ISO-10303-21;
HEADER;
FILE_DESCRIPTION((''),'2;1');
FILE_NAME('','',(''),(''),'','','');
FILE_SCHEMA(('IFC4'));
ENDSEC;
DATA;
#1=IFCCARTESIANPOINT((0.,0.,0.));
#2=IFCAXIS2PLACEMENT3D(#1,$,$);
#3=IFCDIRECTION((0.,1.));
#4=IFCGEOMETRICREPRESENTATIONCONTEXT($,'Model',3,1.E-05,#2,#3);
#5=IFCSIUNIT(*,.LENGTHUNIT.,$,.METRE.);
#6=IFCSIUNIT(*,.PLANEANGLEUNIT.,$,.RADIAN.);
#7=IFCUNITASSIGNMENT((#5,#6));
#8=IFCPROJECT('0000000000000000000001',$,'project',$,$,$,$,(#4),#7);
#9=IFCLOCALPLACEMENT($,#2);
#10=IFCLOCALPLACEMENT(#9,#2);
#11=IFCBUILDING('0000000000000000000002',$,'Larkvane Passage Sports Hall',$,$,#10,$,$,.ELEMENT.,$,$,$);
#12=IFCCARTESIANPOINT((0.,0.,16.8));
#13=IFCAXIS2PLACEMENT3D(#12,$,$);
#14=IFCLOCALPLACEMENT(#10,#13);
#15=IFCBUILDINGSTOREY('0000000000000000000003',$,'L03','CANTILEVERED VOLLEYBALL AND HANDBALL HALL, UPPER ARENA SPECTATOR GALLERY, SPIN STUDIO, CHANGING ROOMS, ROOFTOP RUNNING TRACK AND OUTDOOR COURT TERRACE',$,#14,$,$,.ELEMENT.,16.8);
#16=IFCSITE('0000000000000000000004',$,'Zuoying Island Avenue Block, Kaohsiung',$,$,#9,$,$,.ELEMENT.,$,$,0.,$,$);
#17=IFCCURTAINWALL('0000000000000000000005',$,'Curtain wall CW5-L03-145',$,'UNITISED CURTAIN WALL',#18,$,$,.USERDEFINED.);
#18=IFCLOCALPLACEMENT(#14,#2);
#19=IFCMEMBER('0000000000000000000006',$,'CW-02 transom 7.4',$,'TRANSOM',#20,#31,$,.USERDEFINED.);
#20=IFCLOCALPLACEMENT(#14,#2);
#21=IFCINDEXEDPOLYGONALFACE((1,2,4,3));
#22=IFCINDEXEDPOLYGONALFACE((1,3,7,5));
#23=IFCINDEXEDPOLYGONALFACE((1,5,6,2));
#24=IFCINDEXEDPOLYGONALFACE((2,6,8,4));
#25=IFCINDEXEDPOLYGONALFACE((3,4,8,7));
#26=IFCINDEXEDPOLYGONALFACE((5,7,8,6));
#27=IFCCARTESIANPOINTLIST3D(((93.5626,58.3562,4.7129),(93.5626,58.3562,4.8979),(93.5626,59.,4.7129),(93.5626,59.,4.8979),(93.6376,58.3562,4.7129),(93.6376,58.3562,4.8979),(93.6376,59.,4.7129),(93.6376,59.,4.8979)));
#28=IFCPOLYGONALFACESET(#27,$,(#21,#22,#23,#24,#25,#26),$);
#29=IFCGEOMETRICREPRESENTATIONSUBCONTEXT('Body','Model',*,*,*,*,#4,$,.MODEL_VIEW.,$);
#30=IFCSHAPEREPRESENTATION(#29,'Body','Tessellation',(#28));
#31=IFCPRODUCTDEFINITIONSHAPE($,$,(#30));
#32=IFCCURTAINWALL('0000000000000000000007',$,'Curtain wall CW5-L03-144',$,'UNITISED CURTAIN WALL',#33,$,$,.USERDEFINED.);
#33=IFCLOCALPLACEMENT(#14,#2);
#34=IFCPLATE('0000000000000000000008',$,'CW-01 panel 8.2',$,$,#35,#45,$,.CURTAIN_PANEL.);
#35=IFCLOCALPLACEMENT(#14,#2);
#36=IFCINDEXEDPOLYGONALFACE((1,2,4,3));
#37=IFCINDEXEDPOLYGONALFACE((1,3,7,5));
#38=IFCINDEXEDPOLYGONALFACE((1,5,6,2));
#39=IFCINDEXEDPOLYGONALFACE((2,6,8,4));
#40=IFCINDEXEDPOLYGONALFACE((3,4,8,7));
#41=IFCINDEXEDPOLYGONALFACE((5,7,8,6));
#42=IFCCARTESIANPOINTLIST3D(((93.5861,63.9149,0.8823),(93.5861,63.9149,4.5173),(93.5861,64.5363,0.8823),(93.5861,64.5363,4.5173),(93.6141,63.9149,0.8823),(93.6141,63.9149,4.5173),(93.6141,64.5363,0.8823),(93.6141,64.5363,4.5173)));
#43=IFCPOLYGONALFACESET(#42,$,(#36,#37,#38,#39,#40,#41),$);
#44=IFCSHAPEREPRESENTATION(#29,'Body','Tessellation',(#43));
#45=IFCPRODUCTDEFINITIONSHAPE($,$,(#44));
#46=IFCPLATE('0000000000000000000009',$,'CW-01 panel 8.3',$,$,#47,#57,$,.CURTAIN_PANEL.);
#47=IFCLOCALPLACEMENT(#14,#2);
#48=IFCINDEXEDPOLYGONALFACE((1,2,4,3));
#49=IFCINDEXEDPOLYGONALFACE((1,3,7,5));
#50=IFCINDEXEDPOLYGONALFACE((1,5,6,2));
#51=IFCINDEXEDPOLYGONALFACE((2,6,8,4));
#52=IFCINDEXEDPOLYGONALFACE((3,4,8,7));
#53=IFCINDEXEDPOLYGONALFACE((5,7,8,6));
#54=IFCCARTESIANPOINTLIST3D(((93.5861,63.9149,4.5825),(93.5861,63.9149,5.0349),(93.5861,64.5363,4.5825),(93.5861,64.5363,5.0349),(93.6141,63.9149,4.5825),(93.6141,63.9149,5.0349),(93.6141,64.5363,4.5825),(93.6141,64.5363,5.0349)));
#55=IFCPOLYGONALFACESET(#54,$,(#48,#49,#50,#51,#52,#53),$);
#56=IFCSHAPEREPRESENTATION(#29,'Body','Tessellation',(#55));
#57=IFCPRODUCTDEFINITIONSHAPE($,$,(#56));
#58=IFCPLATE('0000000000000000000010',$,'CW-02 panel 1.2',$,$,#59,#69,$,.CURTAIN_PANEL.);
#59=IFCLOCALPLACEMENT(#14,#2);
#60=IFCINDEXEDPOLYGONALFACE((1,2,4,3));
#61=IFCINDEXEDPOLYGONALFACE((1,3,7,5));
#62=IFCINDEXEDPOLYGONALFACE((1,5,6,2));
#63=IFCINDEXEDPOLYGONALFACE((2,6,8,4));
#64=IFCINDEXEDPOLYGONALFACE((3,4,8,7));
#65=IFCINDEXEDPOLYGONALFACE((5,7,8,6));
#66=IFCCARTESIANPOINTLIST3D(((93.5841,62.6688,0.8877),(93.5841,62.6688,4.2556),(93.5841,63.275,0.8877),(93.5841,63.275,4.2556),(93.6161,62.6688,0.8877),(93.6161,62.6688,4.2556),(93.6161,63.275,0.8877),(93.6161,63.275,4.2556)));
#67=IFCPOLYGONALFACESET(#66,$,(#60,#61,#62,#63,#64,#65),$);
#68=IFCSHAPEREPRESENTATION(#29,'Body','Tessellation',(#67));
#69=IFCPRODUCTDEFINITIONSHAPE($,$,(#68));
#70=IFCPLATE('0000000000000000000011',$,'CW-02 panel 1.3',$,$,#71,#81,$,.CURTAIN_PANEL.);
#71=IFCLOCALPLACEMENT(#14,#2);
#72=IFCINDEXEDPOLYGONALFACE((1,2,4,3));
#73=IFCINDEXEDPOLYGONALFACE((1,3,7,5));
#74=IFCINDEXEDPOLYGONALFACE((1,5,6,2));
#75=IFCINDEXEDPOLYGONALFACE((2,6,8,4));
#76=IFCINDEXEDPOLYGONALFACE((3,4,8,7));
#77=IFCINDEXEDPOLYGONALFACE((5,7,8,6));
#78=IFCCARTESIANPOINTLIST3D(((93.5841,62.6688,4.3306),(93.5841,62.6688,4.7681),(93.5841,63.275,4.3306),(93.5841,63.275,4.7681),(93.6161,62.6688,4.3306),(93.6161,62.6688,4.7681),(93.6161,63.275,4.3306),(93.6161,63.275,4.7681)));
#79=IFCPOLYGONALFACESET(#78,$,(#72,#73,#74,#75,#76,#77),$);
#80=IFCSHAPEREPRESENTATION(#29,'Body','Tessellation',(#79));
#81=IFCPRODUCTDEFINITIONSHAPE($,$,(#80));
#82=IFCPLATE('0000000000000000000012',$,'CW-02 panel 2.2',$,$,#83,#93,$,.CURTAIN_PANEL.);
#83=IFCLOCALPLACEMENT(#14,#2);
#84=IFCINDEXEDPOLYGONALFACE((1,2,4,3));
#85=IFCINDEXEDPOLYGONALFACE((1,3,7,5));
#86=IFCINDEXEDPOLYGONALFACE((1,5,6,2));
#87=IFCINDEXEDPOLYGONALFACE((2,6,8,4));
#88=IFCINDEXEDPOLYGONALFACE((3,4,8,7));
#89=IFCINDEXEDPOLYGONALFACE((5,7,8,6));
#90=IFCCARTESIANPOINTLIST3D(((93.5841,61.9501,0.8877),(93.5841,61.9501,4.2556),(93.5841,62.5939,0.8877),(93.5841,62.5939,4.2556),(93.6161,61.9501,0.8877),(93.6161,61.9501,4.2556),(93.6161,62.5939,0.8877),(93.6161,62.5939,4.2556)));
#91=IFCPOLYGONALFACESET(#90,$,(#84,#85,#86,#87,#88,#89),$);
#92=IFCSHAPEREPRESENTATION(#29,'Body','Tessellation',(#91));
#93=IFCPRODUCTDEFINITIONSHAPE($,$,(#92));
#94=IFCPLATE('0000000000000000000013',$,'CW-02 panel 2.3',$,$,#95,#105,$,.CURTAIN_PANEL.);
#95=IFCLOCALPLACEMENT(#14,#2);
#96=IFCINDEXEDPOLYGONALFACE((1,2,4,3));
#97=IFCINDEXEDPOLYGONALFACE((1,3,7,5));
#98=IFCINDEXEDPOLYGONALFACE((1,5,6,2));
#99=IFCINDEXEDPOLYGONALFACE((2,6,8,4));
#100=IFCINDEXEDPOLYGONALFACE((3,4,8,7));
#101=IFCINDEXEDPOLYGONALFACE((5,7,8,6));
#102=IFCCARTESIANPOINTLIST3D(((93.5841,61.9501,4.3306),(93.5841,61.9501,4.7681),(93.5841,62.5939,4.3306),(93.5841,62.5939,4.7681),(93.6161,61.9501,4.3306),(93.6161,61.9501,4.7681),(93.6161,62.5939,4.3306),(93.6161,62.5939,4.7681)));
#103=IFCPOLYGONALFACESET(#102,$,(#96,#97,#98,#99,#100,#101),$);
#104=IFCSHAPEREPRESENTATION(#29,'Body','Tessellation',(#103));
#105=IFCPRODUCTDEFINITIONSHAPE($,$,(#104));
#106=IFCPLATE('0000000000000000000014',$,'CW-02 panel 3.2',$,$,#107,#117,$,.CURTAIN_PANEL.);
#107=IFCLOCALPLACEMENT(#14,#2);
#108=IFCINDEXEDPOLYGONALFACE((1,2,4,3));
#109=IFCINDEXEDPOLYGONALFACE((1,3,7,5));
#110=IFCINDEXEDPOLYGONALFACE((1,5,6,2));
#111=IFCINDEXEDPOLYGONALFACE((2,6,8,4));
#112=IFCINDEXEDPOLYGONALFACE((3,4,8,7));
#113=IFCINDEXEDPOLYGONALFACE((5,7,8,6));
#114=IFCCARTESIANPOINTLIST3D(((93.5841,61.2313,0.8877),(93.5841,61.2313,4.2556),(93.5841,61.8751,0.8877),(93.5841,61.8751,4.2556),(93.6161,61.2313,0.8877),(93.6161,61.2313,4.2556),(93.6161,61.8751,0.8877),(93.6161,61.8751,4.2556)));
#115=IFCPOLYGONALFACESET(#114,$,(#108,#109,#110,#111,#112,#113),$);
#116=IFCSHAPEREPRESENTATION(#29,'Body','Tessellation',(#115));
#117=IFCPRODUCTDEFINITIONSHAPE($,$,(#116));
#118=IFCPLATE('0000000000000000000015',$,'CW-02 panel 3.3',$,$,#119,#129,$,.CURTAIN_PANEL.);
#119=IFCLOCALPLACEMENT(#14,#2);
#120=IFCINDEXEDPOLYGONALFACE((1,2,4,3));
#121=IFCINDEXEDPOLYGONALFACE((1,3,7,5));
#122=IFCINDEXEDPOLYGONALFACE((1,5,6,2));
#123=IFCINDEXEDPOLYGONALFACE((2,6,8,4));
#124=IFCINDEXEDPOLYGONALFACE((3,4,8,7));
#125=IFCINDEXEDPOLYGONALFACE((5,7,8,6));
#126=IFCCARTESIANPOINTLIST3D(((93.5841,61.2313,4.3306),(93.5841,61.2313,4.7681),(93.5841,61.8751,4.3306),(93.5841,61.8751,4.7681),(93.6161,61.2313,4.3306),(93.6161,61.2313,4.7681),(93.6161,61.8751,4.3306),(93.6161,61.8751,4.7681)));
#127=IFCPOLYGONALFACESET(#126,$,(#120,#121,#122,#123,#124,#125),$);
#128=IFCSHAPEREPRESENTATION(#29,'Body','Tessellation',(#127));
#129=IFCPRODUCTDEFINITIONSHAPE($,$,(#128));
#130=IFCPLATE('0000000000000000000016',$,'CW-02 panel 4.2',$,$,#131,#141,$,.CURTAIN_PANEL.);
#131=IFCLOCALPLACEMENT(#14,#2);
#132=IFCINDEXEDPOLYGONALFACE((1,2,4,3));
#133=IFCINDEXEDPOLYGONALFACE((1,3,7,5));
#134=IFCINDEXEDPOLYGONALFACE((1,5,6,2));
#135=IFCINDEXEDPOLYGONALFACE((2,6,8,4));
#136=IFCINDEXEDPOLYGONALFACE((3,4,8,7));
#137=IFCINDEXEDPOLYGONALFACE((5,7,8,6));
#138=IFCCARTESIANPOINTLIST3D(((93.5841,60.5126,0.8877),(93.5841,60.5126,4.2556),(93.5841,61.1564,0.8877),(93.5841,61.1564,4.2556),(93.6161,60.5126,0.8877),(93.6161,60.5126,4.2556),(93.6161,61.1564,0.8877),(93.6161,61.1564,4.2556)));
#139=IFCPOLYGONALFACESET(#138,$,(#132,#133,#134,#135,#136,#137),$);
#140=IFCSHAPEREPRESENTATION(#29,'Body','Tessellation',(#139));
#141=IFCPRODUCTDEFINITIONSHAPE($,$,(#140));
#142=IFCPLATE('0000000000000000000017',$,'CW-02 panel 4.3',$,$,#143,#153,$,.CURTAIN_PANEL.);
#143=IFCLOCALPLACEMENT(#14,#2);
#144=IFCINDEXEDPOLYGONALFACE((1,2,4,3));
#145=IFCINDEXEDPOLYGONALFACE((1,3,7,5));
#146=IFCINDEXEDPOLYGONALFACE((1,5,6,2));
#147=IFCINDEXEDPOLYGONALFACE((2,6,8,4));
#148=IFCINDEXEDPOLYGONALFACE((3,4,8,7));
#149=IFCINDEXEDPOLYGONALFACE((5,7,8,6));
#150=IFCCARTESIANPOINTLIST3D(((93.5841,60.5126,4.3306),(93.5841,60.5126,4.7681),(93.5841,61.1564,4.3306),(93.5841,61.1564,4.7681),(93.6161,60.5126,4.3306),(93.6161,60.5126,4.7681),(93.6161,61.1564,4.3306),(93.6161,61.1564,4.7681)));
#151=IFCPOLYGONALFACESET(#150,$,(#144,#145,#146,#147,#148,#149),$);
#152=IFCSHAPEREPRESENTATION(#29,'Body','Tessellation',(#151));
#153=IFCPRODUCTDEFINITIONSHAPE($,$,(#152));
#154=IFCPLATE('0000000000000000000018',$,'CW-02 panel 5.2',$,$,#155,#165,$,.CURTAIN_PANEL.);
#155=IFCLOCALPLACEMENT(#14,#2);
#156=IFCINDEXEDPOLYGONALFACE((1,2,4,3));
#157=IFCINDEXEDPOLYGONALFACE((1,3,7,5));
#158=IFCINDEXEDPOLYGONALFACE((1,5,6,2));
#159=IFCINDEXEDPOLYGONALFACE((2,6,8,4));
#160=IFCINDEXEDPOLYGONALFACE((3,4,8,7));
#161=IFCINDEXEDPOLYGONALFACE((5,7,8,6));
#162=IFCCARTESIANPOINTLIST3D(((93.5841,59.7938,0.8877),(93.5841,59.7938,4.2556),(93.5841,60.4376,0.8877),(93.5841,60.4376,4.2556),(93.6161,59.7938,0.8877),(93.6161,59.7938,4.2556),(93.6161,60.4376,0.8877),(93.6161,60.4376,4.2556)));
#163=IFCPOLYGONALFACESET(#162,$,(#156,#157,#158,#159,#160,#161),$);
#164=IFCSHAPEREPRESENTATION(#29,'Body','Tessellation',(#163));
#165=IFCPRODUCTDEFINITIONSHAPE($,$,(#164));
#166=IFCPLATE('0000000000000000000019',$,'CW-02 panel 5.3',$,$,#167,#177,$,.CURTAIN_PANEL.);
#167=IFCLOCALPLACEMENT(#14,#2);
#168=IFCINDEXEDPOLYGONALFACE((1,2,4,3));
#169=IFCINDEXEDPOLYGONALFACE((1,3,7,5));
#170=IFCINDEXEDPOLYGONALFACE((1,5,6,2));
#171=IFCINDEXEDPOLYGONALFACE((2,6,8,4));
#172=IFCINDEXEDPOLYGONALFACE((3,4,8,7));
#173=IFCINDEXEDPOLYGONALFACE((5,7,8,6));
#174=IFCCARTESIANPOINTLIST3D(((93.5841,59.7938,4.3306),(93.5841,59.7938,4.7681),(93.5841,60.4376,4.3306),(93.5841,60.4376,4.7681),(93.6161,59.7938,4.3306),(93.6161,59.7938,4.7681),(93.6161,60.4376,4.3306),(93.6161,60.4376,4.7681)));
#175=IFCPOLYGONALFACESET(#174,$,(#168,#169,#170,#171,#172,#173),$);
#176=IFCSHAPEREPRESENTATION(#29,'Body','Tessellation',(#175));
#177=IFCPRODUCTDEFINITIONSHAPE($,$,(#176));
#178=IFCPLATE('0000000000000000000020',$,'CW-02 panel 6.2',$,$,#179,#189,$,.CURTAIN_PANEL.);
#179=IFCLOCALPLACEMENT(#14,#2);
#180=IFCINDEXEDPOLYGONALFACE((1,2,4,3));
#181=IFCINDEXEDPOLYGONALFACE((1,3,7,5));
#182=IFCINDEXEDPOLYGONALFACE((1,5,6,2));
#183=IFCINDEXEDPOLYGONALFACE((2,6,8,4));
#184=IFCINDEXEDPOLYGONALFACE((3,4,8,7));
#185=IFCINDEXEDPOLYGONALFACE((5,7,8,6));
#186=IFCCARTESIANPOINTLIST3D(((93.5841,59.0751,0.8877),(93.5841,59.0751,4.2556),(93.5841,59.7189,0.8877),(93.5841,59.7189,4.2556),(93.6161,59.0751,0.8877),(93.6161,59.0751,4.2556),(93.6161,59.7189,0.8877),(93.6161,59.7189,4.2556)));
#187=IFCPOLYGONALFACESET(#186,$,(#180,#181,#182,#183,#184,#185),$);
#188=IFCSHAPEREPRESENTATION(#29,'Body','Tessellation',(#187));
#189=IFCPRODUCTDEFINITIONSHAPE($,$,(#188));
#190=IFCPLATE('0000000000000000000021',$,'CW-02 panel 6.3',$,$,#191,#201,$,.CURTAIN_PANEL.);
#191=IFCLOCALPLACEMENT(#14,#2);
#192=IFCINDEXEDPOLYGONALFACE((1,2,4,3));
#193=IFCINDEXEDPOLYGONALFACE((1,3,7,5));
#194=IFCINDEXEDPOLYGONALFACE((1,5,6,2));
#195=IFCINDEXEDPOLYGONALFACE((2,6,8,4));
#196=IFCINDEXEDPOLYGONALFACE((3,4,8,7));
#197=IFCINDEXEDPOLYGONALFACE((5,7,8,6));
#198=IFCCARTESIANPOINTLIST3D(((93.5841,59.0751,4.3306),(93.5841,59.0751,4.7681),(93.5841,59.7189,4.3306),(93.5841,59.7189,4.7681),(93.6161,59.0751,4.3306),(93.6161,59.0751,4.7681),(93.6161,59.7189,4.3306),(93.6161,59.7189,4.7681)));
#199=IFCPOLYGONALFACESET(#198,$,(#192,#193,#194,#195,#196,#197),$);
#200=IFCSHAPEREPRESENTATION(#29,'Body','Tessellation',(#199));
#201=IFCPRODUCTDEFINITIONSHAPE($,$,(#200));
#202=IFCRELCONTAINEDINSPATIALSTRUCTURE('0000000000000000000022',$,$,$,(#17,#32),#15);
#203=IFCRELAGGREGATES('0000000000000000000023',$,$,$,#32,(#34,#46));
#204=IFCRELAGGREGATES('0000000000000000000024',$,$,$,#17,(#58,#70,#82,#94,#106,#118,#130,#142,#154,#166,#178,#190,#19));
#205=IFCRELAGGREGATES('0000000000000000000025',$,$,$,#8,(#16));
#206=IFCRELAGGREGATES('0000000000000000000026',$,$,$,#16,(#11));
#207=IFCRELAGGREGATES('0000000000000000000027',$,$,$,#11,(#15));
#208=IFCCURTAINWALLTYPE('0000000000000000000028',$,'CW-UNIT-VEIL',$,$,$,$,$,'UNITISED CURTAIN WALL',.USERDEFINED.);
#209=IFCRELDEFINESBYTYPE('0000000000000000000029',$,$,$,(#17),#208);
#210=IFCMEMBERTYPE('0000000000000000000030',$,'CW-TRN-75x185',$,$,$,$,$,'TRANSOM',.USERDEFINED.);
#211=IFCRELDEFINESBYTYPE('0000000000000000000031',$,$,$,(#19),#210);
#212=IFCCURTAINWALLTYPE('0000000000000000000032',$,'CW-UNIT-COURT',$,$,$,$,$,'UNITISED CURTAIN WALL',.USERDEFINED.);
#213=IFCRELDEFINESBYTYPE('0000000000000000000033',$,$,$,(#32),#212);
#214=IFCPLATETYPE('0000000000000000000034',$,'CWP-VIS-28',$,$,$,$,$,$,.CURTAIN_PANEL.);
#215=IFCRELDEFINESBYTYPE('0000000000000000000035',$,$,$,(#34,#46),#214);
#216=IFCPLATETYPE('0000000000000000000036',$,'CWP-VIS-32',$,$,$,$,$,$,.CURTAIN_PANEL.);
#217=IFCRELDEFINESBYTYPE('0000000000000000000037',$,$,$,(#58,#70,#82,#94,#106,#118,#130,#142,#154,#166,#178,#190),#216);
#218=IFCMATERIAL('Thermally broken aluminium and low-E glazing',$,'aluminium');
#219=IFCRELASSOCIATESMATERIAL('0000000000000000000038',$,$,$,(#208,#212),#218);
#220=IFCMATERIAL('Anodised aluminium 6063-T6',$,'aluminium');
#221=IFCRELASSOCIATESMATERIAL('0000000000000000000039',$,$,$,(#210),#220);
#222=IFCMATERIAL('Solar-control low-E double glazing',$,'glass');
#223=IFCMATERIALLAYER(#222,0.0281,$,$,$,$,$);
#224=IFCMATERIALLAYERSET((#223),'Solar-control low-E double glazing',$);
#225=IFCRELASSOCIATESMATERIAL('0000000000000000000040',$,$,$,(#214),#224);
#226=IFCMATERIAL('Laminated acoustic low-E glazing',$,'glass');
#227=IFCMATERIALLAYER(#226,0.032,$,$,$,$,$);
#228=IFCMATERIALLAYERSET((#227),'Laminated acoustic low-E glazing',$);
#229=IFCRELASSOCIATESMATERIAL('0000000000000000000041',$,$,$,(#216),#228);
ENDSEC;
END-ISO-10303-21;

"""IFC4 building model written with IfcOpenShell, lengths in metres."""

from ifc_helpers import new_model, si_unit, direction, frame, origin, origin_2d, place, context, subcontext, project, spatial, rectangle, extrude, material, layer, layer_set, material_profile, profile_set, type_object, element, aggregate, save


model = new_model("IFC4")

# Units and contexts
model_context = context("Model", 3, precision=1e-05, world=origin(), true_north=direction((0.0, 1.0)))
body_context = subcontext(model_context, "Body", "Model", "MODEL_VIEW")
ifc_project = project(units=[si_unit("LENGTHUNIT", "METRE"), si_unit("PLANEANGLEUNIT", "RADIAN")], contexts=[model_context])

# Site, building, storey
site_placement = place(None, origin())
site = spatial("IfcSite", under=ifc_project, at=site_placement, Name="Zuoying Island Avenue Block, Kaohsiung", CompositionType="ELEMENT", RefElevation=0.0)
building_placement = place(site_placement, origin())
building = spatial("IfcBuilding", under=site, at=building_placement, Name="Larkvane Passage Sports Hall", CompositionType="ELEMENT")
storey_placement = place(building_placement, frame((0.0, 0.0, 16.8)))
storey = spatial("IfcBuildingStorey", under=building, at=storey_placement, Name="L03", Description="CANTILEVERED VOLLEYBALL AND HANDBALL HALL, UPPER ARENA SPECTATOR GALLERY, SPIN STUDIO, CHANGING ROOMS, ROOFTOP RUNNING TRACK AND OUTDOOR COURT TERRACE", CompositionType="ELEMENT", Elevation=16.8)

# Curtain wall, member
ifc_material_1 = material(Name="Thermally broken aluminium and low-E glazing", Category="aluminium")
curtain_wall_type_1 = type_object("IfcCurtainWallType", Name="CW-UNIT-VEIL", ElementType="UNITISED CURTAIN WALL", PredefinedType="USERDEFINED", material=ifc_material_1)
curtain_wall_1_placement = place(storey_placement, origin())
curtain_wall_1 = element("IfcCurtainWall", 1, at=curtain_wall_1_placement, inside=storey, type_object=curtain_wall_type_1, Name="Curtain wall CW5-L03-145", ObjectType="UNITISED CURTAIN WALL", PredefinedType="USERDEFINED")
ifc_material_2 = material(Name="Anodised aluminium 6063-T6", Category="aluminium")
ifc_material_profile = material_profile(ifc_material_2, rectangle(XDim=0.075, YDim=0.1851, at=origin_2d()), Name="ALU-TRN-75x185")
ifc_profile_set = profile_set([ifc_material_profile], Name="Anodised aluminium 6063-T6")
member_type = type_object("IfcMemberType", Name="CW-TRN-75x185", ElementType="TRANSOM", PredefinedType="USERDEFINED", material=ifc_profile_set)
member_1_placement = place(storey_placement, frame((93.6001, 59.0, 4.8054), z_axis=(0.0, -1.0, 0.0), x_axis=(1.0, 0.0, 0.0)))
member_1 = element("IfcMember", 2, at=member_1_placement, type_object=member_type, Name="CW-02 transom 7.4", ObjectType="TRANSOM", PredefinedType="USERDEFINED", context=body_context, shape_type="SweptSolid", body=[
    extrude(rectangle(XDim=0.075, YDim=0.1851, at=origin_2d()), origin(), (0.0, 0.0, 1.0), 0.6438),
])

# Curtain wall, plates
curtain_wall_type_2 = type_object("IfcCurtainWallType", Name="CW-UNIT-COURT", ElementType="UNITISED CURTAIN WALL", PredefinedType="USERDEFINED", material=ifc_material_1)
curtain_wall_2_placement = place(storey_placement, origin())
curtain_wall_2 = element("IfcCurtainWall", 3, at=curtain_wall_2_placement, inside=storey, type_object=curtain_wall_type_2, Name="Curtain wall CW5-L03-144", ObjectType="UNITISED CURTAIN WALL", PredefinedType="USERDEFINED")
ifc_material_3 = material(Name="Solar-control low-E double glazing", Category="glass")
ifc_layer_1 = layer(ifc_material_3, 0.0281)
ifc_layer_set_1 = layer_set([ifc_layer_1], Name="Solar-control low-E double glazing")
plate_type_1 = type_object("IfcPlateType", Name="CWP-VIS-28", PredefinedType="CURTAIN_PANEL", material=ifc_layer_set_1)
plate_1_placement = place(storey_placement, frame((93.6001, 64.2256, 0.8823), z_axis=(0.0, 0.0, 1.0), x_axis=(0.0, -1.0, 0.0)))
plate_1 = element("IfcPlate", 4, at=plate_1_placement, type_object=plate_type_1, Name="CW-01 panel 8.2", PredefinedType="CURTAIN_PANEL", context=body_context, shape_type="SweptSolid", body=[
    extrude(rectangle(XDim=0.6213, YDim=0.0281, at=origin_2d()), origin(), (0.0, 0.0, 1.0), 3.635),
])
plate_2_placement = place(storey_placement, frame((93.6001, 64.2256, 4.5825), z_axis=(0.0, 0.0, 1.0), x_axis=(0.0, -1.0, 0.0)))
plate_2 = element("IfcPlate", 5, at=plate_2_placement, type_object=plate_type_1, Name="CW-01 panel 8.3", PredefinedType="CURTAIN_PANEL", context=body_context, shape_type="SweptSolid", body=[
    extrude(rectangle(XDim=0.6213, YDim=0.0281, at=origin_2d()), origin(), (0.0, 0.0, 1.0), 0.4524),
])
aggregate(curtain_wall_2, [plate_1, plate_2])

# Plates
ifc_material_4 = material(Name="Laminated acoustic low-E glazing", Category="glass")
ifc_layer_2 = layer(ifc_material_4, 0.032)
ifc_layer_set_2 = layer_set([ifc_layer_2], Name="Laminated acoustic low-E glazing")
plate_type_2 = type_object("IfcPlateType", Name="CWP-VIS-32", PredefinedType="CURTAIN_PANEL", material=ifc_layer_set_2)
plate_3_placement = place(storey_placement, frame((93.6001, 62.9719, 0.8877), z_axis=(0.0, 0.0, 1.0), x_axis=(0.0, -1.0, 0.0)))
plate_3 = element("IfcPlate", 6, at=plate_3_placement, type_object=plate_type_2, Name="CW-02 panel 1.2", PredefinedType="CURTAIN_PANEL", context=body_context, shape_type="SweptSolid", body=[
    extrude(rectangle(XDim=0.6062, YDim=0.032, at=origin_2d()), origin(), (0.0, 0.0, 1.0), 3.3679),
])
plate_4_placement = place(storey_placement, frame((93.6001, 62.9719, 4.3306), z_axis=(0.0, 0.0, 1.0), x_axis=(0.0, -1.0, 0.0)))
plate_4 = element("IfcPlate", 7, at=plate_4_placement, type_object=plate_type_2, Name="CW-02 panel 1.3", PredefinedType="CURTAIN_PANEL", context=body_context, shape_type="SweptSolid", body=[
    extrude(rectangle(XDim=0.6062, YDim=0.032, at=origin_2d()), origin(), (0.0, 0.0, 1.0), 0.4375),
])
plate_5_placement = place(storey_placement, frame((93.6001, 62.272, 0.8877), z_axis=(0.0, 0.0, 1.0), x_axis=(0.0, -1.0, 0.0)))
plate_5 = element("IfcPlate", 8, at=plate_5_placement, type_object=plate_type_2, Name="CW-02 panel 2.2", PredefinedType="CURTAIN_PANEL", context=body_context, shape_type="SweptSolid", body=[
    extrude(rectangle(XDim=0.6438, YDim=0.032, at=origin_2d()), origin(), (0.0, 0.0, 1.0), 3.3679),
])
plate_6_placement = place(storey_placement, frame((93.6001, 62.272, 4.3306), z_axis=(0.0, 0.0, 1.0), x_axis=(0.0, -1.0, 0.0)))
plate_6 = element("IfcPlate", 9, at=plate_6_placement, type_object=plate_type_2, Name="CW-02 panel 2.3", PredefinedType="CURTAIN_PANEL", context=body_context, shape_type="SweptSolid", body=[
    extrude(rectangle(XDim=0.6438, YDim=0.032, at=origin_2d()), origin(), (0.0, 0.0, 1.0), 0.4375),
])
plate_7_placement = place(storey_placement, frame((93.6001, 61.5532, 0.8877), z_axis=(0.0, 0.0, 1.0), x_axis=(0.0, -1.0, 0.0)))
plate_7 = element("IfcPlate", 10, at=plate_7_placement, type_object=plate_type_2, Name="CW-02 panel 3.2", PredefinedType="CURTAIN_PANEL", context=body_context, shape_type="SweptSolid", body=[
    extrude(rectangle(XDim=0.6438, YDim=0.032, at=origin_2d()), origin(), (0.0, 0.0, 1.0), 3.3679),
])
plate_8_placement = place(storey_placement, frame((93.6001, 61.5532, 4.3306), z_axis=(0.0, 0.0, 1.0), x_axis=(0.0, -1.0, 0.0)))
plate_8 = element("IfcPlate", 11, at=plate_8_placement, type_object=plate_type_2, Name="CW-02 panel 3.3", PredefinedType="CURTAIN_PANEL", context=body_context, shape_type="SweptSolid", body=[
    extrude(rectangle(XDim=0.6438, YDim=0.032, at=origin_2d()), origin(), (0.0, 0.0, 1.0), 0.4375),
])
plate_9_placement = place(storey_placement, frame((93.6001, 60.8345, 0.8877), z_axis=(0.0, 0.0, 1.0), x_axis=(0.0, -1.0, 0.0)))
plate_9 = element("IfcPlate", 12, at=plate_9_placement, type_object=plate_type_2, Name="CW-02 panel 4.2", PredefinedType="CURTAIN_PANEL", context=body_context, shape_type="SweptSolid", body=[
    extrude(rectangle(XDim=0.6438, YDim=0.032, at=origin_2d()), origin(), (0.0, 0.0, 1.0), 3.3679),
])
plate_10_placement = place(storey_placement, frame((93.6001, 60.8345, 4.3306), z_axis=(0.0, 0.0, 1.0), x_axis=(0.0, -1.0, 0.0)))
plate_10 = element("IfcPlate", 13, at=plate_10_placement, type_object=plate_type_2, Name="CW-02 panel 4.3", PredefinedType="CURTAIN_PANEL", context=body_context, shape_type="SweptSolid", body=[
    extrude(rectangle(XDim=0.6438, YDim=0.032, at=origin_2d()), origin(), (0.0, 0.0, 1.0), 0.4375),
])
plate_11_placement = place(storey_placement, frame((93.6001, 60.1157, 0.8877), z_axis=(0.0, 0.0, 1.0), x_axis=(0.0, -1.0, 0.0)))
plate_11 = element("IfcPlate", 14, at=plate_11_placement, type_object=plate_type_2, Name="CW-02 panel 5.2", PredefinedType="CURTAIN_PANEL", context=body_context, shape_type="SweptSolid", body=[
    extrude(rectangle(XDim=0.6438, YDim=0.032, at=origin_2d()), origin(), (0.0, 0.0, 1.0), 3.3679),
])
plate_12_placement = place(storey_placement, frame((93.6001, 60.1157, 4.3306), z_axis=(0.0, 0.0, 1.0), x_axis=(0.0, -1.0, 0.0)))
plate_12 = element("IfcPlate", 15, at=plate_12_placement, type_object=plate_type_2, Name="CW-02 panel 5.3", PredefinedType="CURTAIN_PANEL", context=body_context, shape_type="SweptSolid", body=[
    extrude(rectangle(XDim=0.6438, YDim=0.032, at=origin_2d()), origin(), (0.0, 0.0, 1.0), 0.4375),
])
plate_13_placement = place(storey_placement, frame((93.6001, 59.397, 0.8877), z_axis=(0.0, 0.0, 1.0), x_axis=(0.0, -1.0, 0.0)))
plate_13 = element("IfcPlate", 16, at=plate_13_placement, type_object=plate_type_2, Name="CW-02 panel 6.2", PredefinedType="CURTAIN_PANEL", context=body_context, shape_type="SweptSolid", body=[
    extrude(rectangle(XDim=0.6438, YDim=0.032, at=origin_2d()), origin(), (0.0, 0.0, 1.0), 3.3679),
])
plate_14_placement = place(storey_placement, frame((93.6001, 59.397, 4.3306), z_axis=(0.0, 0.0, 1.0), x_axis=(0.0, -1.0, 0.0)))
plate_14 = element("IfcPlate", 17, at=plate_14_placement, type_object=plate_type_2, Name="CW-02 panel 6.3", PredefinedType="CURTAIN_PANEL", context=body_context, shape_type="SweptSolid", body=[
    extrude(rectangle(XDim=0.6438, YDim=0.032, at=origin_2d()), origin(), (0.0, 0.0, 1.0), 0.4375),
])
aggregate(curtain_wall_1, [plate_3, plate_4, plate_5, plate_6, plate_7, plate_8, plate_9, plate_10, plate_11, plate_12, plate_13, plate_14, member_1])

save(model, "model.ifc")
